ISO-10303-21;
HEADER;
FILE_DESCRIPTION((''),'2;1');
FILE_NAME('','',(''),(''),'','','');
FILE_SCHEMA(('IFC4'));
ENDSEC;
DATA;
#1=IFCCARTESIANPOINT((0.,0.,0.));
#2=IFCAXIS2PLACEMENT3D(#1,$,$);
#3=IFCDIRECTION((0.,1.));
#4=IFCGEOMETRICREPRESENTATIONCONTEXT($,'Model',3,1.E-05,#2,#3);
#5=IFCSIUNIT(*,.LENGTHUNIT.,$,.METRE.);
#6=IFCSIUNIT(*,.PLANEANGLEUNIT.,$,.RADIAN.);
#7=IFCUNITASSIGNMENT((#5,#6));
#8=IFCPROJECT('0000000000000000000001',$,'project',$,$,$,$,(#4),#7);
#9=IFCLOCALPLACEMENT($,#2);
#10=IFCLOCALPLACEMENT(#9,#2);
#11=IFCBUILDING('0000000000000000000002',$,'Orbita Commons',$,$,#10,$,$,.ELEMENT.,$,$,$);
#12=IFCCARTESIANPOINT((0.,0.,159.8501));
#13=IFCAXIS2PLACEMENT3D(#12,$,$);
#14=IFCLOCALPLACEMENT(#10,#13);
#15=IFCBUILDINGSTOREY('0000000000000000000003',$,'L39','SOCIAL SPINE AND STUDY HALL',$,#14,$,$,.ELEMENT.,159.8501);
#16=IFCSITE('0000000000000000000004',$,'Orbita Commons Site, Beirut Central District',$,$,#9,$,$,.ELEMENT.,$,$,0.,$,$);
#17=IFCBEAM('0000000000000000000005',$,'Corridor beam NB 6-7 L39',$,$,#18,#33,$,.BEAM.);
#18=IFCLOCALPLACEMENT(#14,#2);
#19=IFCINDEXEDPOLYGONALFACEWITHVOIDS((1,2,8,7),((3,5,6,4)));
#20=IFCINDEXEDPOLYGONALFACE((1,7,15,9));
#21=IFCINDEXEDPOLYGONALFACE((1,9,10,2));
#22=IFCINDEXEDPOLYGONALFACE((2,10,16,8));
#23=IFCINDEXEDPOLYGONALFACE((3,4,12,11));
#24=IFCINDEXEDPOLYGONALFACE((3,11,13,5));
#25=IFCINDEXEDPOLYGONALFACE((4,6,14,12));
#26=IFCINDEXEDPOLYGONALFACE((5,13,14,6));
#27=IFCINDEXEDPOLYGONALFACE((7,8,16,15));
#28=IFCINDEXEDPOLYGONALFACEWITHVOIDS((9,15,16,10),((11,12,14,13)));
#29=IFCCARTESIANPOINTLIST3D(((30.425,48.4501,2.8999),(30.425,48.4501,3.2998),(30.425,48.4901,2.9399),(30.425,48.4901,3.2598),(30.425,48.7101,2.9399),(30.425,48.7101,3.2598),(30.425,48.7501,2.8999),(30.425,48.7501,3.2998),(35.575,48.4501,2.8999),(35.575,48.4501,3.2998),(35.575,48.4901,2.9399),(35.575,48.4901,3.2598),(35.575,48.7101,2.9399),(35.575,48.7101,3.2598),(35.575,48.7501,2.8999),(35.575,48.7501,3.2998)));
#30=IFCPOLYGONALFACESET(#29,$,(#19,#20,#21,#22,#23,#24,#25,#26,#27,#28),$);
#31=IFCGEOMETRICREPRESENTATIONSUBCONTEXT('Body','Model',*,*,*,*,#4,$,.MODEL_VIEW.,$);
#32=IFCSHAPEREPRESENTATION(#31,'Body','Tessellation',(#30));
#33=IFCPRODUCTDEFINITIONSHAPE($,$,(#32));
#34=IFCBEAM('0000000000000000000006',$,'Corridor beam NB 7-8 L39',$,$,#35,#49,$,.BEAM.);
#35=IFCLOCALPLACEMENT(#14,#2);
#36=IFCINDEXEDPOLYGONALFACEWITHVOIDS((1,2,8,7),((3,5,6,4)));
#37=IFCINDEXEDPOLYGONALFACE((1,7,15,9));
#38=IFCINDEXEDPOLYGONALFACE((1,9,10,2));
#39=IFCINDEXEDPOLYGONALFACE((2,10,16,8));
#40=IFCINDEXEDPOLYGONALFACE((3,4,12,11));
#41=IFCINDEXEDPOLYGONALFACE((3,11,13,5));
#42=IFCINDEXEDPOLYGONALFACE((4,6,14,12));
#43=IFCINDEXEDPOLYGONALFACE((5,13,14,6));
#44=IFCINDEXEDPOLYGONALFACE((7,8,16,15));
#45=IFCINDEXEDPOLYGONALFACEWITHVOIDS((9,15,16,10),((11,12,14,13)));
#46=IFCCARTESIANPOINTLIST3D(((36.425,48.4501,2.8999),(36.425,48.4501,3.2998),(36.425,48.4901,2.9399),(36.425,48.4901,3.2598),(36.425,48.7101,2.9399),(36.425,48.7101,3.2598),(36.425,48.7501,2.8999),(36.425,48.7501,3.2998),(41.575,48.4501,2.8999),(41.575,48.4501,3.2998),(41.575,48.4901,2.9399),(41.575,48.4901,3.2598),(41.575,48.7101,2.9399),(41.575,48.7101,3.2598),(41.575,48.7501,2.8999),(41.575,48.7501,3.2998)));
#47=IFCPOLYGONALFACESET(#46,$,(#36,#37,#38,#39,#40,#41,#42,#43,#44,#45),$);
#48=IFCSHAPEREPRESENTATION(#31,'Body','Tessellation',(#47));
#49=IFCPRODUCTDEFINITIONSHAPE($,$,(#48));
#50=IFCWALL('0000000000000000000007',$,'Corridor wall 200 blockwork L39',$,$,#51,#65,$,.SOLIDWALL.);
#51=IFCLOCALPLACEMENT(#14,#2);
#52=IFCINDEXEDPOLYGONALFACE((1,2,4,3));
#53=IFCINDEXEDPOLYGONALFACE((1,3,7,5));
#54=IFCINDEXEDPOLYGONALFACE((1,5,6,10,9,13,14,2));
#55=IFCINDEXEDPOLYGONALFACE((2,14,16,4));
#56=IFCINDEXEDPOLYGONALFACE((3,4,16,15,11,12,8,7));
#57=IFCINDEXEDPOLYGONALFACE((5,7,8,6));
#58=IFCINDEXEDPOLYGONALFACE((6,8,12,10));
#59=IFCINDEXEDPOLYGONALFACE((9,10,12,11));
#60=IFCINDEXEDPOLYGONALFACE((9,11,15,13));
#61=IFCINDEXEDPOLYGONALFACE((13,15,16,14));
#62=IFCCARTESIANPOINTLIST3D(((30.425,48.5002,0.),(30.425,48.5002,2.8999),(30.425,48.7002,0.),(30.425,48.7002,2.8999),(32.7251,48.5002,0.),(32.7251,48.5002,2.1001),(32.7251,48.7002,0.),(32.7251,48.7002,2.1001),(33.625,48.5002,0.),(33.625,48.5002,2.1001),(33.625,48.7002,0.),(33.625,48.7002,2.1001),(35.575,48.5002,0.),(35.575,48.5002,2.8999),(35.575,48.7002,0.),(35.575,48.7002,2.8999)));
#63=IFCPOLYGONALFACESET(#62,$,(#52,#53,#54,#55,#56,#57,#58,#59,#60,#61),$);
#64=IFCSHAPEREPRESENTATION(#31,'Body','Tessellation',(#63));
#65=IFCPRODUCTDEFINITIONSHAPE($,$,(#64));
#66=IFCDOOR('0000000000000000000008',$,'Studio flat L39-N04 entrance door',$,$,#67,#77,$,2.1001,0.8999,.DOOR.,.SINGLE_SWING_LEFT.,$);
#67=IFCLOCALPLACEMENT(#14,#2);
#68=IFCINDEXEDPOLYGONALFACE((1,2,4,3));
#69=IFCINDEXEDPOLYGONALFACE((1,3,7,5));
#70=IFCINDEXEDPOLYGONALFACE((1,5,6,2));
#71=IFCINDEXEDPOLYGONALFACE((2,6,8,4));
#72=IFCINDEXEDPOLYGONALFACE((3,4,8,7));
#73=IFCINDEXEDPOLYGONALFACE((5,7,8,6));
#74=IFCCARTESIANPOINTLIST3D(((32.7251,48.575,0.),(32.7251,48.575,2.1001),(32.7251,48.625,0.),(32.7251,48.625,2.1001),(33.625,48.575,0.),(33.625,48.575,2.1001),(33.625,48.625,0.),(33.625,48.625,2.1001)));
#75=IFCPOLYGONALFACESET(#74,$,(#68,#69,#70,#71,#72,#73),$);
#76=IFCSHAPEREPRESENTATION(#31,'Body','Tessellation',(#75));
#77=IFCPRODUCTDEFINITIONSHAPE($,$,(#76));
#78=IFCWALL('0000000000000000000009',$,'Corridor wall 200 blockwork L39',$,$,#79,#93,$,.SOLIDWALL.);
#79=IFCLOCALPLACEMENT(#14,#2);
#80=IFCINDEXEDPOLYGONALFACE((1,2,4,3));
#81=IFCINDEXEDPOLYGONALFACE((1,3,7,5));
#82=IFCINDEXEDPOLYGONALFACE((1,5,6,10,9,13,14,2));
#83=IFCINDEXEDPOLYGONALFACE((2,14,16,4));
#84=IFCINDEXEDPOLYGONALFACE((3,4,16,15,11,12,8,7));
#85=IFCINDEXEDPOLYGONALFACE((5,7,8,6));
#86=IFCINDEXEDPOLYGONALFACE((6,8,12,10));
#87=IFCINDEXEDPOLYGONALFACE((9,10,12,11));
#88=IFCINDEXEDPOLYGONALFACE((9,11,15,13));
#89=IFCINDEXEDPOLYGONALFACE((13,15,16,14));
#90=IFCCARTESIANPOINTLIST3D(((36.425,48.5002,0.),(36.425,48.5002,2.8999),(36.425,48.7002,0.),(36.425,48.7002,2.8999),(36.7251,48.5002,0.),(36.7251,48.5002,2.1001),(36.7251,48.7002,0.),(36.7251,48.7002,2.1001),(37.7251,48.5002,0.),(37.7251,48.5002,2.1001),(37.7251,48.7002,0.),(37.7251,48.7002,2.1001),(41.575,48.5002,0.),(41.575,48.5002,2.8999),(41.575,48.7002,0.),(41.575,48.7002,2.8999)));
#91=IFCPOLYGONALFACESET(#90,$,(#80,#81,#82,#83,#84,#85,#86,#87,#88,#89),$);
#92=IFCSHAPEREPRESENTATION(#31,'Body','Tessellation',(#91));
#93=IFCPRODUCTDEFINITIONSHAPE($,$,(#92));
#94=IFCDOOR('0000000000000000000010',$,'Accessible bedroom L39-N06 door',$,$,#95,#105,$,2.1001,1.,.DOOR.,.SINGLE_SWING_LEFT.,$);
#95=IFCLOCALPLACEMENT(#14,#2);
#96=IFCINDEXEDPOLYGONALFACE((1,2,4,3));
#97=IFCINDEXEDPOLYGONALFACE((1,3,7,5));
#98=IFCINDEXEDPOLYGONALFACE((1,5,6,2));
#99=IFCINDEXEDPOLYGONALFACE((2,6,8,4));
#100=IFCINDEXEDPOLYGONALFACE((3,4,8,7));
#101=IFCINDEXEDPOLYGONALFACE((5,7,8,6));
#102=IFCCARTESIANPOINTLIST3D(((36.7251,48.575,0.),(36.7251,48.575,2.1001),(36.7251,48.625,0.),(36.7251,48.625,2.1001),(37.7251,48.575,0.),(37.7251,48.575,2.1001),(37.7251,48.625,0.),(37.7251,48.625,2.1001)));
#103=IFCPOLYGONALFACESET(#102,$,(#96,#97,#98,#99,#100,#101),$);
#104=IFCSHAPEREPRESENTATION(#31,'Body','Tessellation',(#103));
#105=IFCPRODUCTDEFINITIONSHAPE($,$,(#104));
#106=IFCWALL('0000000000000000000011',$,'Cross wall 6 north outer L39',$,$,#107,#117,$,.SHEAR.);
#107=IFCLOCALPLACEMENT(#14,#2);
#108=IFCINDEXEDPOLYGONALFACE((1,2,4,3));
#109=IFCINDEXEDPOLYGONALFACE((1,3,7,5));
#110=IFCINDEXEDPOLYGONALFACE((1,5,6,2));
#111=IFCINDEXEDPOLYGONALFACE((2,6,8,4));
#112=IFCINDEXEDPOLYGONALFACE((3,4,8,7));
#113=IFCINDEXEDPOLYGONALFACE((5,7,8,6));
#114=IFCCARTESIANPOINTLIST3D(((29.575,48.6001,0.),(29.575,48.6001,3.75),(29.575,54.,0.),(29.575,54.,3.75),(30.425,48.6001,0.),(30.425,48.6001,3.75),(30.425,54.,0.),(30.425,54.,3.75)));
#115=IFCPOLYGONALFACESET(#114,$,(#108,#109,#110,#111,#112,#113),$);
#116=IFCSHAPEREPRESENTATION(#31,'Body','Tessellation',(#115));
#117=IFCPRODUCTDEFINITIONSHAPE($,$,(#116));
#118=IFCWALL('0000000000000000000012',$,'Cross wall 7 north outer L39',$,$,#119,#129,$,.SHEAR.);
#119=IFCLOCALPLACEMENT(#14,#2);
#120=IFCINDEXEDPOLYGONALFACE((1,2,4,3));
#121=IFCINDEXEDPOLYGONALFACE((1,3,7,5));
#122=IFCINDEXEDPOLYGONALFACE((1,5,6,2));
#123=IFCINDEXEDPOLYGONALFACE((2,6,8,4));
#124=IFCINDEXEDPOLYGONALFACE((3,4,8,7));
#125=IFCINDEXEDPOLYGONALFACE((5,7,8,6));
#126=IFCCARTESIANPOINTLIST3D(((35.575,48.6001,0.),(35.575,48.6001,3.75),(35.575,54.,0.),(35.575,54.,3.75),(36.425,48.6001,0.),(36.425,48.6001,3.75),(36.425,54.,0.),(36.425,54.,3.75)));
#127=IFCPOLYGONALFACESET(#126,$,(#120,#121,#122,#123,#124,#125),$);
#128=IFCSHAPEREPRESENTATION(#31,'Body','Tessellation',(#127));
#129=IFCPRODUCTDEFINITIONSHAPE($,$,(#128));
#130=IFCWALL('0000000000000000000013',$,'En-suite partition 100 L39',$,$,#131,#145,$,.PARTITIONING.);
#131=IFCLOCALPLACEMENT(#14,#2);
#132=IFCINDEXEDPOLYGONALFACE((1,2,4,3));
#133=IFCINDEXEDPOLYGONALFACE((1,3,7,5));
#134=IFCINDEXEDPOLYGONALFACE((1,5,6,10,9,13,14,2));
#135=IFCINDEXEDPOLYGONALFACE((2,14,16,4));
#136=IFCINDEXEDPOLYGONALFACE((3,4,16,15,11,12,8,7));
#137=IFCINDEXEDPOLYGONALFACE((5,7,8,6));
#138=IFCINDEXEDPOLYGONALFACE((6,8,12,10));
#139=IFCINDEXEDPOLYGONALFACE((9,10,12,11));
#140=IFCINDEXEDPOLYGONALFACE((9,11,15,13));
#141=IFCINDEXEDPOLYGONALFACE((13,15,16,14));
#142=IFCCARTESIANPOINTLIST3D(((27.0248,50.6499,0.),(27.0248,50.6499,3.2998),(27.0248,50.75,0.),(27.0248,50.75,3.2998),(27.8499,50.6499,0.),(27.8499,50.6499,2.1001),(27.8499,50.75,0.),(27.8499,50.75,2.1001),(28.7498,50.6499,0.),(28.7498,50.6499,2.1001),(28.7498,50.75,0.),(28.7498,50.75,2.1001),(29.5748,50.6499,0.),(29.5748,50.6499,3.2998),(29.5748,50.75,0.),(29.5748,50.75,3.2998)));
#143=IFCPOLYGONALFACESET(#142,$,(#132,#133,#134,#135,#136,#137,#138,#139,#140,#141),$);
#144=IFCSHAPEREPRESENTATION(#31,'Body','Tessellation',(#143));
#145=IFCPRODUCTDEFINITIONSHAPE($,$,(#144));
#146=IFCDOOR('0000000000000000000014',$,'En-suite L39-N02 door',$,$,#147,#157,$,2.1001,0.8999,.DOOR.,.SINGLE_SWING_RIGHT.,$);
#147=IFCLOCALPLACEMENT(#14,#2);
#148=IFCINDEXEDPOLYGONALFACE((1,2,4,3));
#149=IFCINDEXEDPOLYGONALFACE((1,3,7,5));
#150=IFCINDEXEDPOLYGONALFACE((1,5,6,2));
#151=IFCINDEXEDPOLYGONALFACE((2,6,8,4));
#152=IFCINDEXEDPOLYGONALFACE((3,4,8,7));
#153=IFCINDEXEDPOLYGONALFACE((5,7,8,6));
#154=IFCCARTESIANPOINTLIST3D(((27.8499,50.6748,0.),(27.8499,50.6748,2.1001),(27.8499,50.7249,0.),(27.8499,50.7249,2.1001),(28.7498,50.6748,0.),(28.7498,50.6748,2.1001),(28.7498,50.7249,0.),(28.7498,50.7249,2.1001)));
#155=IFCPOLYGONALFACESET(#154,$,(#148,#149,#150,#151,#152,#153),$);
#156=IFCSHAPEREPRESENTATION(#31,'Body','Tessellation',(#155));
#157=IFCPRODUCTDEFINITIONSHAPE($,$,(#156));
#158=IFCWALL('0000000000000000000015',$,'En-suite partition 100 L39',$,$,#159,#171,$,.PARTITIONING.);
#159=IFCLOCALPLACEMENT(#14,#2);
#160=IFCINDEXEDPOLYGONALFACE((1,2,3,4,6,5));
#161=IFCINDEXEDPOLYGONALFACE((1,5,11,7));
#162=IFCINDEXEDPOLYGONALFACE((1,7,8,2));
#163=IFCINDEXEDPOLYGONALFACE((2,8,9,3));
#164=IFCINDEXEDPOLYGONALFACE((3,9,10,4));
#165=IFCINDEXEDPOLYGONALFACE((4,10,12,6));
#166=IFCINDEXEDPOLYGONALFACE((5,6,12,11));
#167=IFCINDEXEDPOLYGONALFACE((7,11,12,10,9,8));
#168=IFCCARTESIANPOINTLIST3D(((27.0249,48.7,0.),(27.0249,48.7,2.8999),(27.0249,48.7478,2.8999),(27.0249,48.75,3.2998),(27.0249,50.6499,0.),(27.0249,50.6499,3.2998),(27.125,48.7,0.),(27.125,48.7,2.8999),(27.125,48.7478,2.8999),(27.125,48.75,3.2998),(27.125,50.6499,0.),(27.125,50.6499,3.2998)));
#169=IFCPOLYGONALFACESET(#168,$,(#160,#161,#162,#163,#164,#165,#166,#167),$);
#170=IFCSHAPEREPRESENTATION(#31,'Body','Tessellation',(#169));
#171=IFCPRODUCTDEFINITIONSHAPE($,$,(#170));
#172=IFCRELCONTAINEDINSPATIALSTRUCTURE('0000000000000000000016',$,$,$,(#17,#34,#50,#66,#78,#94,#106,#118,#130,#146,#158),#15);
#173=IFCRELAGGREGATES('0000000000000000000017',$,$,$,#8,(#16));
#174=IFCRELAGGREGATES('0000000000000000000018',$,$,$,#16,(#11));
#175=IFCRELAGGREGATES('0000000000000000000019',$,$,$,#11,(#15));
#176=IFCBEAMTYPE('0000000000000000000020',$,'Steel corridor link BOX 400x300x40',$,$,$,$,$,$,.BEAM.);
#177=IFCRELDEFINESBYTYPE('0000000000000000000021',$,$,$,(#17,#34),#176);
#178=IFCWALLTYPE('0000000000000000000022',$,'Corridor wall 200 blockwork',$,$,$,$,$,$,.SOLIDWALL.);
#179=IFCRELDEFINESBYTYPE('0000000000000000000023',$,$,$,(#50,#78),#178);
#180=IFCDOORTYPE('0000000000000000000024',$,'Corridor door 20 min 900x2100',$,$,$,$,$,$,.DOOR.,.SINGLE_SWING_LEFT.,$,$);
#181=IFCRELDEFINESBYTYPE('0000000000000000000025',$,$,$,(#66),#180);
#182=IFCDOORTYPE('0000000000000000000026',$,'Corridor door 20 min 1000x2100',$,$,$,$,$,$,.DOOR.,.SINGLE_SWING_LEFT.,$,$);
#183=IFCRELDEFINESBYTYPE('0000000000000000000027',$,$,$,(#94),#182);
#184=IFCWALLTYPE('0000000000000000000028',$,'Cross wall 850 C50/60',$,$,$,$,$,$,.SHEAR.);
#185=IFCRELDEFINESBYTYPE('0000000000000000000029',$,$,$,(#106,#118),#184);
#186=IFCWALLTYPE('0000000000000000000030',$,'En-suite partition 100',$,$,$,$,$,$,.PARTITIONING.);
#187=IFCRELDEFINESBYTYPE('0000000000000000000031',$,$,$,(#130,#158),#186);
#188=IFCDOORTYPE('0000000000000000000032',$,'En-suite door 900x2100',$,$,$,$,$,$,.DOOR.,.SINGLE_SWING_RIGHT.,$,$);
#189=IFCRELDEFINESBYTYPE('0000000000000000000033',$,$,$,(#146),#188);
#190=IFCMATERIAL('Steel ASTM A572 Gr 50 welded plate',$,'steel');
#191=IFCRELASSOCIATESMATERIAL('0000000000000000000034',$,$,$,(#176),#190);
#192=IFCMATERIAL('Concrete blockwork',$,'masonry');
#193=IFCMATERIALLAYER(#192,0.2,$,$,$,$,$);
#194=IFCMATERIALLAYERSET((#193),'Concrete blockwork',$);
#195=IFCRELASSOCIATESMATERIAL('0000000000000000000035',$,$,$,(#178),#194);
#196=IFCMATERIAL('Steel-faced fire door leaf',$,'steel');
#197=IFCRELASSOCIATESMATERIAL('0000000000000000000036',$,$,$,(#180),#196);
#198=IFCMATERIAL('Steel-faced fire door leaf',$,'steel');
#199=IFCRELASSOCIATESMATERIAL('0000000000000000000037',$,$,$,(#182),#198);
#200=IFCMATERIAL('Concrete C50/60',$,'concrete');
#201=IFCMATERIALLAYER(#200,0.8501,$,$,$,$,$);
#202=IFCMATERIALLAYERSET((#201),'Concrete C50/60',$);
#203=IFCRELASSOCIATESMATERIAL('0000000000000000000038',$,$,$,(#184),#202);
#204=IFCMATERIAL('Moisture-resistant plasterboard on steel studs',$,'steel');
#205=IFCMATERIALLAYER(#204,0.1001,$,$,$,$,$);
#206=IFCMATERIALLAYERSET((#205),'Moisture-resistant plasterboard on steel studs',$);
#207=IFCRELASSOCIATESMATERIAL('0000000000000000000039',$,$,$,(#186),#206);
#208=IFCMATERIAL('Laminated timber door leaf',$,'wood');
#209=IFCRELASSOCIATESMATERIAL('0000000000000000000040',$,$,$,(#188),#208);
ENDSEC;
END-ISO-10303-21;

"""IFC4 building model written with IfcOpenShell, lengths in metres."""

from ifc_helpers import new_model, si_unit, direction, frame, frame_2d, origin, origin_2d, place, context, subcontext, project, spatial, polyline, rectangle, hollow_rectangle, outline, extrude, material, layer, layer_set, material_profile, profile_set, type_object, element, fill, save


model = new_model("IFC4")

# Units and contexts
model_context = context("Model", 3, precision=1e-05, world=origin(), true_north=direction((0.0, 1.0)))
body_context = subcontext(model_context, "Body", "Model", "MODEL_VIEW")
ifc_project = project(units=[si_unit("LENGTHUNIT", "METRE"), si_unit("PLANEANGLEUNIT", "RADIAN")], contexts=[model_context])

# Site, building, storey
site_placement = place(None, origin())
site = spatial("IfcSite", under=ifc_project, at=site_placement, Name="Orbita Commons Site, Beirut Central District", CompositionType="ELEMENT", RefElevation=0.0)
building_placement = place(site_placement, origin())
building = spatial("IfcBuilding", under=site, at=building_placement, Name="Orbita Commons", CompositionType="ELEMENT")
storey_placement = place(building_placement, frame((0.0, 0.0, 159.8501)))
storey = spatial("IfcBuildingStorey", under=building, at=storey_placement, Name="L39", Description="SOCIAL SPINE AND STUDY HALL", CompositionType="ELEMENT", Elevation=159.8501)

# Beams
ifc_material_1 = material(Name="Steel ASTM A572 Gr 50 welded plate", Category="steel")
ifc_material_profile = material_profile(ifc_material_1, hollow_rectangle(XDim=0.3, YDim=0.3999, WallThickness=0.04, at=origin_2d()), Name="BOX 400x300x40")
ifc_profile_set = profile_set([ifc_material_profile], Name="Steel ASTM A572 Gr 50 welded plate")
beam_type = type_object("IfcBeamType", Name="Steel corridor link BOX 400x300x40", PredefinedType="BEAM", material=ifc_profile_set)
for number, where, z_axis, x_axis, name in (
    (1, (30.425, 48.6001, 3.0999), (1.0, 0.0, 0.0), (0.0, 1.0, 0.0), "Corridor beam NB 6-7 L39"),
    (2, (36.425, 48.6001, 3.0999), (1.0, 0.0, 0.0), (0.0, 1.0, 0.0), "Corridor beam NB 7-8 L39"),
):
    element("IfcBeam", number, at=place(storey_placement, frame(where, z_axis=z_axis, x_axis=x_axis)), inside=storey, type_object=beam_type, Name=name, PredefinedType="BEAM", context=body_context, shape_type="SweptSolid", body=[
        extrude(hollow_rectangle(XDim=0.3, YDim=0.3999, WallThickness=0.04, at=origin_2d()), origin(), (0.0, 0.0, 1.0), 5.1499),
    ])

# Walls, openings, doors
ifc_material_2 = material(Name="Concrete blockwork", Category="masonry")
ifc_layer_1 = layer(ifc_material_2, 0.2)
ifc_layer_set_1 = layer_set([ifc_layer_1], Name="Concrete blockwork")
wall_type_1 = type_object("IfcWallType", Name="Corridor wall 200 blockwork", PredefinedType="SOLIDWALL", material=ifc_layer_set_1)
wall_1_placement = place(storey_placement, frame((30.425, 48.6001, 0.0), z_axis=(0.0, 0.0, 1.0), x_axis=(1.0, 0.0, 0.0)))
wall_1 = element("IfcWall", 3, at=wall_1_placement, inside=storey, type_object=wall_type_1, Name="Corridor wall 200 blockwork L39", PredefinedType="SOLIDWALL", context=body_context, shape_type="SweptSolid", body=[
    extrude(outline(polyline([(0.0, 0.0), (5.1499, 0.0), (5.1499, 2.8999), (0.0, 2.8999), (0.0, 0.0)])), frame((0.0, 0.1001, 0.0), z_axis=(0.0, -1.0, 0.0), x_axis=(1.0, 0.0, 0.0)), (0.0, 0.0, 1.0), 0.2),
])
opening_1_placement = place(wall_1_placement, frame((2.3, 0.0, 0.0)))
opening_1 = element("IfcOpeningElement", 4, at=opening_1_placement, cuts=wall_1, PredefinedType="OPENING", context=body_context, shape_type="SweptSolid", body=[
    extrude(rectangle(XDim=0.8999, YDim=2.1001, at=frame_2d((0.45, 1.05))), frame((0.0, 0.1099, 0.0), z_axis=(0.0, -1.0, 0.0), x_axis=(1.0, 0.0, 0.0)), (0.0, 0.0, 1.0), 0.22),
])
ifc_material_3 = material(Name="Steel-faced fire door leaf", Category="steel")
door_type_1 = type_object("IfcDoorType", Name="Corridor door 20 min 900x2100", OperationType="SINGLE_SWING_LEFT", PredefinedType="DOOR", material=ifc_material_3)
door_1_placement = place(opening_1_placement, origin())
door_1 = element("IfcDoor", 5, at=door_1_placement, inside=storey, type_object=door_type_1, Name="Studio flat L39-N04 entrance door", OperationType="SINGLE_SWING_LEFT", OverallHeight=2.1001, OverallWidth=0.8999, PredefinedType="DOOR", context=body_context, shape_type="SweptSolid", body=[
    extrude(rectangle(XDim=0.8999, YDim=2.1001, at=frame_2d((0.45, 1.05))), frame((0.0, 0.0249, 0.0), z_axis=(0.0, -1.0, 0.0), x_axis=(1.0, 0.0, 0.0)), (0.0, 0.0, 1.0), 0.05),
])
fill(opening_1, door_1)
wall_2_placement = place(storey_placement, frame((36.425, 48.6001, 0.0), z_axis=(0.0, 0.0, 1.0), x_axis=(1.0, 0.0, 0.0)))
wall_2 = element("IfcWall", 6, at=wall_2_placement, inside=storey, type_object=wall_type_1, Name="Corridor wall 200 blockwork L39", PredefinedType="SOLIDWALL", context=body_context, shape_type="SweptSolid", body=[
    extrude(outline(polyline([(0.0, 0.0), (5.1499, 0.0), (5.1499, 2.8999), (0.0, 2.8999), (0.0, 0.0)])), frame((0.0, 0.1001, 0.0), z_axis=(0.0, -1.0, 0.0), x_axis=(1.0, 0.0, 0.0)), (0.0, 0.0, 1.0), 0.2),
])
opening_2_placement = place(wall_2_placement, frame((0.3, 0.0, 0.0)))
opening_2 = element("IfcOpeningElement", 7, at=opening_2_placement, cuts=wall_2, PredefinedType="OPENING", context=body_context, shape_type="SweptSolid", body=[
    extrude(rectangle(XDim=1.0, YDim=2.1001, at=frame_2d((0.5, 1.05))), frame((0.0, 0.1099, 0.0), z_axis=(0.0, -1.0, 0.0), x_axis=(1.0, 0.0, 0.0)), (0.0, 0.0, 1.0), 0.22),
])
ifc_material_4 = material(Name="Steel-faced fire door leaf", Category="steel")
door_type_2 = type_object("IfcDoorType", Name="Corridor door 20 min 1000x2100", OperationType="SINGLE_SWING_LEFT", PredefinedType="DOOR", material=ifc_material_4)
door_2_placement = place(opening_2_placement, origin())
door_2 = element("IfcDoor", 8, at=door_2_placement, inside=storey, type_object=door_type_2, Name="Accessible bedroom L39-N06 door", OperationType="SINGLE_SWING_LEFT", OverallHeight=2.1001, OverallWidth=1.0, PredefinedType="DOOR", context=body_context, shape_type="SweptSolid", body=[
    extrude(rectangle(XDim=1.0, YDim=2.1001, at=frame_2d((0.5, 1.05))), frame((0.0, 0.0249, 0.0), z_axis=(0.0, -1.0, 0.0), x_axis=(1.0, 0.0, 0.0)), (0.0, 0.0, 1.0), 0.05),
])
fill(opening_2, door_2)

# Walls
ifc_material_5 = material(Name="Concrete C50/60", Category="concrete")
ifc_layer_2 = layer(ifc_material_5, 0.8501)
ifc_layer_set_2 = layer_set([ifc_layer_2], Name="Concrete C50/60")
wall_type_2 = type_object("IfcWallType", Name="Cross wall 850 C50/60", PredefinedType="SHEAR", material=ifc_layer_set_2)
for number, where, z_axis, x_axis, name in (
    (9, (30.0, 48.6001, 0.0), (0.0, 0.0, 1.0), (0.0, 1.0, 0.0), "Cross wall 6 north outer L39"),
    (10, (36.0, 48.6001, 0.0), (0.0, 0.0, 1.0), (0.0, 1.0, 0.0), "Cross wall 7 north outer L39"),
):
    element("IfcWall", number, at=place(storey_placement, frame(where, z_axis=z_axis, x_axis=x_axis)), inside=storey, type_object=wall_type_2, Name=name, PredefinedType="SHEAR", context=body_context, shape_type="SweptSolid", body=[
        extrude(rectangle(XDim=5.3999, YDim=0.8501, at=frame_2d((2.7, 0.0))), origin(), (0.0, 0.0, 1.0), 3.75),
    ])

# Wall, opening, door
ifc_material_6 = material(Name="Moisture-resistant plasterboard on steel studs", Category="steel")
ifc_layer_3 = layer(ifc_material_6, 0.1001)
ifc_layer_set_3 = layer_set([ifc_layer_3], Name="Moisture-resistant plasterboard on steel studs")
wall_type_3 = type_object("IfcWallType", Name="En-suite partition 100", PredefinedType="PARTITIONING", material=ifc_layer_set_3)
wall_3_placement = place(storey_placement, frame((27.0249, 50.7, 0.0), z_axis=(0.0, 0.0, 1.0), x_axis=(1.0, 0.0, 0.0)))
wall_3 = element("IfcWall", 11, at=wall_3_placement, inside=storey, type_object=wall_type_3, Name="En-suite partition 100 L39", PredefinedType="PARTITIONING", context=body_context, shape_type="SweptSolid", body=[
    extrude(rectangle(XDim=2.55, YDim=0.1001, at=frame_2d((1.2749, 0.0))), origin(), (0.0, 0.0, 1.0), 3.2998),
])
opening_3_placement = place(wall_3_placement, frame((0.825, 0.0, 0.0)))
opening_3 = element("IfcOpeningElement", 12, at=opening_3_placement, cuts=wall_3, PredefinedType="OPENING", context=body_context, shape_type="SweptSolid", body=[
    extrude(rectangle(XDim=0.8999, YDim=2.1001, at=frame_2d((0.45, 1.05))), frame((0.0, 0.0601, 0.0), z_axis=(0.0, -1.0, 0.0), x_axis=(1.0, 0.0, 0.0)), (0.0, 0.0, 1.0), 0.1201),
])
ifc_material_7 = material(Name="Laminated timber door leaf", Category="wood")
door_type_3 = type_object("IfcDoorType", Name="En-suite door 900x2100", OperationType="SINGLE_SWING_RIGHT", PredefinedType="DOOR", material=ifc_material_7)
door_3_placement = place(opening_3_placement, origin())
door_3 = element("IfcDoor", 13, at=door_3_placement, inside=storey, type_object=door_type_3, Name="En-suite L39-N02 door", OperationType="SINGLE_SWING_RIGHT", OverallHeight=2.1001, OverallWidth=0.8999, PredefinedType="DOOR", context=body_context, shape_type="SweptSolid", body=[
    extrude(rectangle(XDim=0.8999, YDim=2.1001, at=frame_2d((0.45, 1.05))), frame((0.0, 0.0249, 0.0), z_axis=(0.0, -1.0, 0.0), x_axis=(1.0, 0.0, 0.0)), (0.0, 0.0, 1.0), 0.05),
])
fill(opening_3, door_3)

# Wall
wall_4_placement = place(storey_placement, frame((27.075, 50.6499, 0.0), z_axis=(0.0, 0.0, 1.0), x_axis=(0.0, -1.0, 0.0)))
element("IfcWall", 14, at=wall_4_placement, inside=storey, type_object=wall_type_3, Name="En-suite partition 100 L39", PredefinedType="PARTITIONING", context=body_context, shape_type="SweptSolid", body=[
    extrude(outline(polyline([(0.0, 0.0), (1.95, 0.0), (1.95, 2.8999), (1.9021, 2.8999), (1.8999, 3.2998), (0.0, 3.2998), (0.0, 0.0)])), frame((0.0, 0.05, 0.0), z_axis=(0.0, -1.0, 0.0), x_axis=(1.0, 0.0, 0.0)), (0.0, 0.0, 1.0), 0.1001),
])

save(model, "model.ifc")
